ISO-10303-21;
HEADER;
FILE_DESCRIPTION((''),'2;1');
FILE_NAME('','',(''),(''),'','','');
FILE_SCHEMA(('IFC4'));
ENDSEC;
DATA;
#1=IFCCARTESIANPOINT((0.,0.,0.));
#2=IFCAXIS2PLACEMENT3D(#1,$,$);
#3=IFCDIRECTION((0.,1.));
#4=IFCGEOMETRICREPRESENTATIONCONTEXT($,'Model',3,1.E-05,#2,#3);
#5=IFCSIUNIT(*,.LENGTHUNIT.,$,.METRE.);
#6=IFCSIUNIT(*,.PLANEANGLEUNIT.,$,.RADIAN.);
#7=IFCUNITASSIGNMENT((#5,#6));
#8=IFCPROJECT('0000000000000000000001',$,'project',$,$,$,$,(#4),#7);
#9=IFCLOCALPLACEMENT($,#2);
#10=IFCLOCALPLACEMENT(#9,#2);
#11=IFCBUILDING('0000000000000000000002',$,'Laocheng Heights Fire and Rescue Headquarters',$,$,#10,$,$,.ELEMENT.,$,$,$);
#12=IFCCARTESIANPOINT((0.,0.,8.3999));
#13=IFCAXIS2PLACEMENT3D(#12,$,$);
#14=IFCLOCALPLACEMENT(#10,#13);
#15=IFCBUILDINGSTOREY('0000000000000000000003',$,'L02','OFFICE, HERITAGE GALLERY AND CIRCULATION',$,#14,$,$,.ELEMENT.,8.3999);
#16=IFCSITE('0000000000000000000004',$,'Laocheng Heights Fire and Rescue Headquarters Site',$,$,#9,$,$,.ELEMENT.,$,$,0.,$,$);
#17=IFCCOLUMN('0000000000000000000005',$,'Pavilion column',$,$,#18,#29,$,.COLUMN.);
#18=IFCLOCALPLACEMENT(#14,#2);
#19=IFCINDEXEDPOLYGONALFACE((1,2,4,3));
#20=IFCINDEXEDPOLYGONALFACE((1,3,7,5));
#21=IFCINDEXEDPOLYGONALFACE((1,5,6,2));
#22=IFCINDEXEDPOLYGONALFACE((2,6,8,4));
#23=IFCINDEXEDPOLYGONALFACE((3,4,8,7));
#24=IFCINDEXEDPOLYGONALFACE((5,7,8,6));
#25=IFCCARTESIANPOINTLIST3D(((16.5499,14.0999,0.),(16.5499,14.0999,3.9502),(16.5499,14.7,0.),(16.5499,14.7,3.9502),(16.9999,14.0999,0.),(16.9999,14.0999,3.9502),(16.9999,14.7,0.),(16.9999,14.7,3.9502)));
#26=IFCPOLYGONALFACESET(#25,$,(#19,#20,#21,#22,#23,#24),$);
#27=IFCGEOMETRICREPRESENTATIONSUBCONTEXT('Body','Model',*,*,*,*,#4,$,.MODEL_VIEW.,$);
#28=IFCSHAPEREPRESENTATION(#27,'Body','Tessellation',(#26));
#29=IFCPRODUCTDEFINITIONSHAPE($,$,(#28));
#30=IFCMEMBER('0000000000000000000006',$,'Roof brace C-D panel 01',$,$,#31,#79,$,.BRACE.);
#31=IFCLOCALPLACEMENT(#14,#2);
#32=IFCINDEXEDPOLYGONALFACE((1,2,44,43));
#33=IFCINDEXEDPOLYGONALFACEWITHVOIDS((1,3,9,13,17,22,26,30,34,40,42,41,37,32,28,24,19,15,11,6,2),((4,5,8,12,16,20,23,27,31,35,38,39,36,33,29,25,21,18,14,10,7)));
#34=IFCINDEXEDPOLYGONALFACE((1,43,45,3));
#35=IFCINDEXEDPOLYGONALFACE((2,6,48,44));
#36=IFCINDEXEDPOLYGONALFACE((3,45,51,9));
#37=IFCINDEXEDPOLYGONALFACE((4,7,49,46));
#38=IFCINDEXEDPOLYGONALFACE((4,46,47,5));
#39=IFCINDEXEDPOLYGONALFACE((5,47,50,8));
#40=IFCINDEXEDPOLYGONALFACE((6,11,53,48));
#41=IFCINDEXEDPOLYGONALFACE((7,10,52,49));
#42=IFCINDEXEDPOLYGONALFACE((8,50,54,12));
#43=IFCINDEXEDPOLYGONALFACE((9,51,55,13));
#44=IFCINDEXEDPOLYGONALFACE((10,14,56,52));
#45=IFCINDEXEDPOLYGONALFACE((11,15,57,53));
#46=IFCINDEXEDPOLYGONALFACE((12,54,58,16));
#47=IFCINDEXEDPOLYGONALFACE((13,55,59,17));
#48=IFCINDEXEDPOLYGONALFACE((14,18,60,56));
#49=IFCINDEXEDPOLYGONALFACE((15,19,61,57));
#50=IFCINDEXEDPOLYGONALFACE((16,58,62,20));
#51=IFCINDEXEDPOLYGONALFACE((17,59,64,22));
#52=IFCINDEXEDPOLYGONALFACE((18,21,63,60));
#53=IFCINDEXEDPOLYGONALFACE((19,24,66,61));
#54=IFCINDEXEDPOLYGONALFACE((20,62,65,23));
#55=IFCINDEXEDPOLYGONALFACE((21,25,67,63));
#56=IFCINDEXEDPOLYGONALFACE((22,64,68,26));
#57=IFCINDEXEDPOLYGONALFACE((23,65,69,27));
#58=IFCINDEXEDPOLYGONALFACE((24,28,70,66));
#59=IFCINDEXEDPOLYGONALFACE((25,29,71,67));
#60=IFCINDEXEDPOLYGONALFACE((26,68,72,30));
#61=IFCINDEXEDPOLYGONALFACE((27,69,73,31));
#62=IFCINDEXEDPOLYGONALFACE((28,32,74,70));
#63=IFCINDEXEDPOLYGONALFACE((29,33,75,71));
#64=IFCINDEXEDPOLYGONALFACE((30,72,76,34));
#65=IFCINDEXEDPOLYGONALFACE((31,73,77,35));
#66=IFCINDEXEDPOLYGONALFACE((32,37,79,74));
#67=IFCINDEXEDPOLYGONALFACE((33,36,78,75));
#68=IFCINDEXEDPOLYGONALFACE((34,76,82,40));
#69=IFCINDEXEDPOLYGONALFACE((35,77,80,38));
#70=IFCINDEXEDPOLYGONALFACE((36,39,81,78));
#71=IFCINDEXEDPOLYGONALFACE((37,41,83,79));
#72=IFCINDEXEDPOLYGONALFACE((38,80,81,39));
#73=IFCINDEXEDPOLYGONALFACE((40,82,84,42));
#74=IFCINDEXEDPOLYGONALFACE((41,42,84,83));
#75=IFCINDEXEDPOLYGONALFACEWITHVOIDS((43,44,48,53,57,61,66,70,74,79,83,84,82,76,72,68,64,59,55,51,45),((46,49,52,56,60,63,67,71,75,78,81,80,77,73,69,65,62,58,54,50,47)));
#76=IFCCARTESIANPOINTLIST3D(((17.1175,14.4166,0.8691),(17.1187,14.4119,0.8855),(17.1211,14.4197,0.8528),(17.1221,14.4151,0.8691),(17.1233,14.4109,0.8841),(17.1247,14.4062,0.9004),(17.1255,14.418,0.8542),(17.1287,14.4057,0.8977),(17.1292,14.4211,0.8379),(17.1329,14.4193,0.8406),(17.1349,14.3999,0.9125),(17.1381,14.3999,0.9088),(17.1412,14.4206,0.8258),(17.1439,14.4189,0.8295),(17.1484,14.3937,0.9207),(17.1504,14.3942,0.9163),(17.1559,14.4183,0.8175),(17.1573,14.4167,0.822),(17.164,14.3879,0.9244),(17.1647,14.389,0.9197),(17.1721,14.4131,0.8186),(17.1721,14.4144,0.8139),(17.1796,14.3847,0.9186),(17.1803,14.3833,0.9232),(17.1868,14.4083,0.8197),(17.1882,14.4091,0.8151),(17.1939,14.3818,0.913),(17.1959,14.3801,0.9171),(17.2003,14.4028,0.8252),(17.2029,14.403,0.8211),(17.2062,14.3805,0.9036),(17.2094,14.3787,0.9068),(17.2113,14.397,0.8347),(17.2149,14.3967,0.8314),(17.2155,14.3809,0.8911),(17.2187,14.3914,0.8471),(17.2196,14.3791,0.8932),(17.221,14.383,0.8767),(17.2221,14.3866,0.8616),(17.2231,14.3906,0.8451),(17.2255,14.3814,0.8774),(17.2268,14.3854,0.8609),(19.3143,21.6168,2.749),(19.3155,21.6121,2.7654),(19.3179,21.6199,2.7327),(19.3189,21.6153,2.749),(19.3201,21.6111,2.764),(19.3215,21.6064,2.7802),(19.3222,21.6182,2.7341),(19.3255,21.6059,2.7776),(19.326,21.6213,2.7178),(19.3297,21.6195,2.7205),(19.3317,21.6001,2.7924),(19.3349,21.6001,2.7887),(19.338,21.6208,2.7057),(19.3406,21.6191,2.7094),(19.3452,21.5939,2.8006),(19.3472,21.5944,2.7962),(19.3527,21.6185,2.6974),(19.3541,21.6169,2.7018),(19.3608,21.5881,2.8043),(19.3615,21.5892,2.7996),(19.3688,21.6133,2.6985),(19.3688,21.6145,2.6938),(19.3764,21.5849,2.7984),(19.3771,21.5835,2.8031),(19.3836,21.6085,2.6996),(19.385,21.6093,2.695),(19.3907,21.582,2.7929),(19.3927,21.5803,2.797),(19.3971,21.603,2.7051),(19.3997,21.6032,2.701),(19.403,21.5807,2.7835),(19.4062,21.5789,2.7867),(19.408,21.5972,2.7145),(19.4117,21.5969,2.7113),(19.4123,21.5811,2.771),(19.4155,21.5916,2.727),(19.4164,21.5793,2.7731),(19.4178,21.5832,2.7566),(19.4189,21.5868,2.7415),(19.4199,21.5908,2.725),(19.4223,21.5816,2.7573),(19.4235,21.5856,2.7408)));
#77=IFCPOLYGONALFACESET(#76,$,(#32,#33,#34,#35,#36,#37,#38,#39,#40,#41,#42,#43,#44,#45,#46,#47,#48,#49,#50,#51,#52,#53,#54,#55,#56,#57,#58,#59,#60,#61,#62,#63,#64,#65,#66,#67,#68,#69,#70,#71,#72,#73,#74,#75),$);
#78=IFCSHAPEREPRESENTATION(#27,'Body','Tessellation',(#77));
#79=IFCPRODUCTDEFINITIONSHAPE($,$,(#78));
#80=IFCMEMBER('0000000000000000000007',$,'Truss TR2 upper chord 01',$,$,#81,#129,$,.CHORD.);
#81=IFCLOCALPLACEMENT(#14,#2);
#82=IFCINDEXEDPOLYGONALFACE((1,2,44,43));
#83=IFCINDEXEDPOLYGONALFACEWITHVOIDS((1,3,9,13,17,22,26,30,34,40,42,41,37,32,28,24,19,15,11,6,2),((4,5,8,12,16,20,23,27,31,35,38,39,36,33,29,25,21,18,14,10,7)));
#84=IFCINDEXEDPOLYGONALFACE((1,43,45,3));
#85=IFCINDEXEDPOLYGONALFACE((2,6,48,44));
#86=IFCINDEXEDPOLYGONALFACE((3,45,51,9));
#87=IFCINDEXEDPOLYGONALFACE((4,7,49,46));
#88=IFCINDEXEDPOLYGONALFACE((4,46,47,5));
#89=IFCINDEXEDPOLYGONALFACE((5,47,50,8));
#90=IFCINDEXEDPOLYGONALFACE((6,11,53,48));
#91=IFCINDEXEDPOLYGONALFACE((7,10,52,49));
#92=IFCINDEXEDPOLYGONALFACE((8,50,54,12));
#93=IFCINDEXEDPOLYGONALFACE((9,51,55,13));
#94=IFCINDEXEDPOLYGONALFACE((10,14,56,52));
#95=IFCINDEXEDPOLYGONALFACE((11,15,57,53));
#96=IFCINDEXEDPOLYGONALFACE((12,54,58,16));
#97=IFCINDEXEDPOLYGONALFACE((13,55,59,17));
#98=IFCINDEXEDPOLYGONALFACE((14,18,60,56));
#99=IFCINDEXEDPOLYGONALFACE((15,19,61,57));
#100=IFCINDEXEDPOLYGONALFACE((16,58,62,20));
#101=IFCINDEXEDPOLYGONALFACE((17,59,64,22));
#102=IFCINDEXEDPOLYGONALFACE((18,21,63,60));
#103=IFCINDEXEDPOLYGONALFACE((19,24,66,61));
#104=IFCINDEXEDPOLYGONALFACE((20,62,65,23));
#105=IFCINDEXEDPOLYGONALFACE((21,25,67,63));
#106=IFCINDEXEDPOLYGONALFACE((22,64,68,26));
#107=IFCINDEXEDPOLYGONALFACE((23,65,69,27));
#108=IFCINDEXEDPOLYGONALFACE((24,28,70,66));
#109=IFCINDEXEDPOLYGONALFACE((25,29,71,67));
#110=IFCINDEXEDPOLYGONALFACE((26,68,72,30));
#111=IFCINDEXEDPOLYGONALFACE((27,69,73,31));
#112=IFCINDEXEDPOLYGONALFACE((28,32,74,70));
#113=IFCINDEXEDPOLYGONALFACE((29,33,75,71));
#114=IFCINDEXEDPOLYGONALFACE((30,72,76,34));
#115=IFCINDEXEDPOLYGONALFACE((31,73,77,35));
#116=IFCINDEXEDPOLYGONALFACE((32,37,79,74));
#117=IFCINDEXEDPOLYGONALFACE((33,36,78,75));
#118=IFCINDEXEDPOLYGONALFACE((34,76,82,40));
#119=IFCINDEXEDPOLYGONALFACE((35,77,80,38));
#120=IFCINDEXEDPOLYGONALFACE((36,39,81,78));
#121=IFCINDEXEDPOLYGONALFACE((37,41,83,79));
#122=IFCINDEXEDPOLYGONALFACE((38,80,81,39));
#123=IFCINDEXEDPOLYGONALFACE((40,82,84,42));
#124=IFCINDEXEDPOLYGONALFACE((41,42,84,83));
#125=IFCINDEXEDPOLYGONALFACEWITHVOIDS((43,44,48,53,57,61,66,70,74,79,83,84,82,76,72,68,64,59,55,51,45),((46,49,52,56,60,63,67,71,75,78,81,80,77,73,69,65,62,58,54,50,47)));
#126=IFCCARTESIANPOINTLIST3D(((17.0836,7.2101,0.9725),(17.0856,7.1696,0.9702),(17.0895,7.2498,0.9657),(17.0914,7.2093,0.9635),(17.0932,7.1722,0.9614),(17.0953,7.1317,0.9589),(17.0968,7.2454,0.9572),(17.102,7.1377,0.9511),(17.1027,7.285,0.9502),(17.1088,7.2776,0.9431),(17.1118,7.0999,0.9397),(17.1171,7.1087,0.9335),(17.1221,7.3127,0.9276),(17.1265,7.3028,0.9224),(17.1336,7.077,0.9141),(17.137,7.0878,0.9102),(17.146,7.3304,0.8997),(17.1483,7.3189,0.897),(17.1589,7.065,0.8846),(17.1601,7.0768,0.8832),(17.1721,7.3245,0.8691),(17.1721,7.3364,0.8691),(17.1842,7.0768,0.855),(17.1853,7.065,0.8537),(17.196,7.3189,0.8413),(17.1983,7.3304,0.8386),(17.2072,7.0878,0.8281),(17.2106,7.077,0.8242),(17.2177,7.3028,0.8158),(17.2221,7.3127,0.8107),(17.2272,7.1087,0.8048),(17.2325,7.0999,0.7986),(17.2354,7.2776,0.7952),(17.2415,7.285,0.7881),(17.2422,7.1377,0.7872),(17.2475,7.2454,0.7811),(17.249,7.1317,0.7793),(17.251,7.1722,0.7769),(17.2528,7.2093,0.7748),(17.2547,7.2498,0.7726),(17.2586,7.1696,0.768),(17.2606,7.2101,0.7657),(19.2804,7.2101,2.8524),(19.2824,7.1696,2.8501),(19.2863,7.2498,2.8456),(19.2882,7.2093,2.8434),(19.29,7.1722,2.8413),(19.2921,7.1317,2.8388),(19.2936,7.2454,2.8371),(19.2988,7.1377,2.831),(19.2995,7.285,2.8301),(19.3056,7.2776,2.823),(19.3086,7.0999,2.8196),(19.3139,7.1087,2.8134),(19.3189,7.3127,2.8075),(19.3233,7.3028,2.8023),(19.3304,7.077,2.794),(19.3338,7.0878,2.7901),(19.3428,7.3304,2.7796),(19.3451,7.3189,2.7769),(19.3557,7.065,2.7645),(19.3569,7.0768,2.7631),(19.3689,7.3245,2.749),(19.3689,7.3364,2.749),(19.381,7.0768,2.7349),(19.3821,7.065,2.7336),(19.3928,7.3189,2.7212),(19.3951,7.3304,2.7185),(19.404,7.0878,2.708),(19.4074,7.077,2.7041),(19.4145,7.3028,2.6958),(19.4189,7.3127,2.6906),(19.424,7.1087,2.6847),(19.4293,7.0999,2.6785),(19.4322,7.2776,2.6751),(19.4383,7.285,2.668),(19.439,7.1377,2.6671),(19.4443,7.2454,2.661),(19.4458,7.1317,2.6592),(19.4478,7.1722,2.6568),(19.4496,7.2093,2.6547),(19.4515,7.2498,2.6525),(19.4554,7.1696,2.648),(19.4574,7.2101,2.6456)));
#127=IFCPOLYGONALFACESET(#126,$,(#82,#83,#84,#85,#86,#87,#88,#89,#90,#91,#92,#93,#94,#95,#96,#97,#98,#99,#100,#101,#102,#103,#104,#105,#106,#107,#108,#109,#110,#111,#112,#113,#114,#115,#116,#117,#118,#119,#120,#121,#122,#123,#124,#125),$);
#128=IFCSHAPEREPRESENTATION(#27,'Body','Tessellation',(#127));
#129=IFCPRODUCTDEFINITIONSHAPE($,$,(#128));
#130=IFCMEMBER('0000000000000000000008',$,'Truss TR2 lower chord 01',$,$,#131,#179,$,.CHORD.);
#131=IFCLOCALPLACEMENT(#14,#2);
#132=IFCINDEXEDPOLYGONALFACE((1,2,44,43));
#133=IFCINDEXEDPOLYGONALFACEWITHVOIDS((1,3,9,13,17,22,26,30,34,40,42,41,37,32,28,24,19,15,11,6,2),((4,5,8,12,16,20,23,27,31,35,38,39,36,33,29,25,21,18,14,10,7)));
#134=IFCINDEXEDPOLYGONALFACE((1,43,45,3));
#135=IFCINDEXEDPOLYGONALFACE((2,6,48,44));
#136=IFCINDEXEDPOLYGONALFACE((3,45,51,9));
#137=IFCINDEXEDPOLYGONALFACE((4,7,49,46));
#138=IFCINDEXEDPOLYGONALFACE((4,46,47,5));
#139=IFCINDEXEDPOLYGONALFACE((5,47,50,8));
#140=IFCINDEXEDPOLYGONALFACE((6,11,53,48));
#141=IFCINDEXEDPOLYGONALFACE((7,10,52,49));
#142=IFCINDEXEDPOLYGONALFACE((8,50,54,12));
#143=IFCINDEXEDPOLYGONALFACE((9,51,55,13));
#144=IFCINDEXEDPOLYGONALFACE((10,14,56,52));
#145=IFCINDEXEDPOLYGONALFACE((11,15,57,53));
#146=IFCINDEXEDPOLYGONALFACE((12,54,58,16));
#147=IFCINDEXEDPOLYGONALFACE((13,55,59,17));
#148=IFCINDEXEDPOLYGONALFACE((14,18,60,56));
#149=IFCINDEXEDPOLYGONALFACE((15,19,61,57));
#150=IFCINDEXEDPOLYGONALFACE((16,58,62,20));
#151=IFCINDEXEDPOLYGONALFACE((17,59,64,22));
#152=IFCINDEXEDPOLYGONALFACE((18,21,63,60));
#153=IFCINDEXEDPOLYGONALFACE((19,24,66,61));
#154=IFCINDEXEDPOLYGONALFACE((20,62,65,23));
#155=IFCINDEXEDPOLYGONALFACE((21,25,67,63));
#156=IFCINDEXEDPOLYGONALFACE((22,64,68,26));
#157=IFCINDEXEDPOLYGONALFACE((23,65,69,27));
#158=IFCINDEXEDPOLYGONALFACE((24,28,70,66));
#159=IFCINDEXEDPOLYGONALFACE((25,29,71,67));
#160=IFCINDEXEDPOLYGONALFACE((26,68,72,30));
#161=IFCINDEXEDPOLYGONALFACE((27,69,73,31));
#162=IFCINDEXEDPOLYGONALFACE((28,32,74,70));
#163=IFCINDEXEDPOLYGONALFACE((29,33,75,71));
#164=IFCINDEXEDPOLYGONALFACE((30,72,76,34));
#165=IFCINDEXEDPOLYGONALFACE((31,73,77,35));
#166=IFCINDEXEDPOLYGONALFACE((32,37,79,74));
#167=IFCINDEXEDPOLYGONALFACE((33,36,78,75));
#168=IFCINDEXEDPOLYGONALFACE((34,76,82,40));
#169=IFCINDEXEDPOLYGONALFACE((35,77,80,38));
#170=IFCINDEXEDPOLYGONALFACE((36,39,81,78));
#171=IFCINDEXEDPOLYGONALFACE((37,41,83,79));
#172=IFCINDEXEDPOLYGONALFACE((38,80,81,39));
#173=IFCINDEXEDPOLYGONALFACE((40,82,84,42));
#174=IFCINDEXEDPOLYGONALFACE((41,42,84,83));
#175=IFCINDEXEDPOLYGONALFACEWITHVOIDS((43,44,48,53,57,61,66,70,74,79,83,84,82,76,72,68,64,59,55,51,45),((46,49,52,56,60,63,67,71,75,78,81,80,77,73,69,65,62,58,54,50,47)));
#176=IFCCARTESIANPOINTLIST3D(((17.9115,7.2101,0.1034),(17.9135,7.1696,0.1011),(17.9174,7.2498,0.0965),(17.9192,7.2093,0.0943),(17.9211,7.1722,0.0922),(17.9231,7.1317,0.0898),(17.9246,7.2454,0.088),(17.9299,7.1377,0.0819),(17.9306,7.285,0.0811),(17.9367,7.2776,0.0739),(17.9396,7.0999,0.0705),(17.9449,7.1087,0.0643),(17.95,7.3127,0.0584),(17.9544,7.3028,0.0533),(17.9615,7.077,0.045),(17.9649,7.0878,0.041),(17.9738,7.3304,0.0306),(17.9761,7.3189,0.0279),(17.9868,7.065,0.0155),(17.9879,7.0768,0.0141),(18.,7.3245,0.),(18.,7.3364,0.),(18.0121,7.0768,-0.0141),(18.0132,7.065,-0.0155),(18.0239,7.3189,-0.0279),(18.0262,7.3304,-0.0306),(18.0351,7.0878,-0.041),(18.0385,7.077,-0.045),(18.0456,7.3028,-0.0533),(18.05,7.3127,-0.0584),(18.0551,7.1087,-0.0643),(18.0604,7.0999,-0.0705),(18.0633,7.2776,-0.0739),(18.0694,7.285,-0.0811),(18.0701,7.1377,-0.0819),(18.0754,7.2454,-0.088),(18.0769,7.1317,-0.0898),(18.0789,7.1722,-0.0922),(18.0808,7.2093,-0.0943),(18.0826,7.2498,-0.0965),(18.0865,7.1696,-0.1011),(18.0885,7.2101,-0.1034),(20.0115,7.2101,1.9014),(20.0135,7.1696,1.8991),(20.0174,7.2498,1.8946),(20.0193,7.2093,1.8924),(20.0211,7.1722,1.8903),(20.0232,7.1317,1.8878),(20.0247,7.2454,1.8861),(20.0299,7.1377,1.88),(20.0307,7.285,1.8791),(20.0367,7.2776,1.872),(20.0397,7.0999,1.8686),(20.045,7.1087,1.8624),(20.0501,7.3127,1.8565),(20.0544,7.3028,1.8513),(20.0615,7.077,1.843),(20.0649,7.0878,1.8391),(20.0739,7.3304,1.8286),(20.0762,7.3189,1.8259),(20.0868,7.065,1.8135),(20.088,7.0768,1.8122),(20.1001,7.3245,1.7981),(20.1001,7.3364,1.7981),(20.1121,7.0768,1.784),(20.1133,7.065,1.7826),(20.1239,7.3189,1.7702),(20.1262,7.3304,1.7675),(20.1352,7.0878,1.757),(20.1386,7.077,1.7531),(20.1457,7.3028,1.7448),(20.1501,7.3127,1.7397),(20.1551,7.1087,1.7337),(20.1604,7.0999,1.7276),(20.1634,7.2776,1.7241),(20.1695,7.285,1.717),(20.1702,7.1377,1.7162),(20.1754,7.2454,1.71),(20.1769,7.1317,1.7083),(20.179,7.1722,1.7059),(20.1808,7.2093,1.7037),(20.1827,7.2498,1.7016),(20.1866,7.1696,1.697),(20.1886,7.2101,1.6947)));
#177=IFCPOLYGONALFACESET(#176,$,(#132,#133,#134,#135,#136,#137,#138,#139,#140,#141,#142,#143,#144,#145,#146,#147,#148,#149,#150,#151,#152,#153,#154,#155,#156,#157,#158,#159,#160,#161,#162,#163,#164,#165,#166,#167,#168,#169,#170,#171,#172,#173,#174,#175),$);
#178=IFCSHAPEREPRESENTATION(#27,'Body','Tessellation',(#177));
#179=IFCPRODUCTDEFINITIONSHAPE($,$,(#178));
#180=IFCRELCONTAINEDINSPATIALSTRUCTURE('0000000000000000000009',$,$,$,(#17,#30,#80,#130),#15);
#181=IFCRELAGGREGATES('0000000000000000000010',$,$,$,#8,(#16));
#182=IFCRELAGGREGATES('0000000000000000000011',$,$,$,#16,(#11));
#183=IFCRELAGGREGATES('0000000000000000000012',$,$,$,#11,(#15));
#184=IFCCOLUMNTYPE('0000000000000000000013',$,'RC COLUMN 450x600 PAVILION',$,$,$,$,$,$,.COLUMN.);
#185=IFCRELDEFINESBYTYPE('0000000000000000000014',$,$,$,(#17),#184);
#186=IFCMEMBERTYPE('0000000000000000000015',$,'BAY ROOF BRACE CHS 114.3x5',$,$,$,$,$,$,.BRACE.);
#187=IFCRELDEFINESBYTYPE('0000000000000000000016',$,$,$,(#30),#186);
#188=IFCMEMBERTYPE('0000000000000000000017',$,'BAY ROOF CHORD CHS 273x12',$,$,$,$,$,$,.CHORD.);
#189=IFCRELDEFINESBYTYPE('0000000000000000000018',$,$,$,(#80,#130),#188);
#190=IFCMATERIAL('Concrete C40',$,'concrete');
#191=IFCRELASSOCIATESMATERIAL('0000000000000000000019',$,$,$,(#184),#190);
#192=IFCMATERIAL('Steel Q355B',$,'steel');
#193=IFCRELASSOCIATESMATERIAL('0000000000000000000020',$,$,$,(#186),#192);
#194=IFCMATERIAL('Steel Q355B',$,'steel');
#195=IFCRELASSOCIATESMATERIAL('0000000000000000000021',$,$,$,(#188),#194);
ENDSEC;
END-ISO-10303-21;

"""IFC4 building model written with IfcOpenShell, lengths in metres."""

from ifc_helpers import new_model, si_unit, direction, frame, origin, origin_2d, place, context, subcontext, project, spatial, rectangle, hollow_circle, extrude, material, material_profile, profile_set, type_object, element, save


model = new_model("IFC4")

# Units and contexts
model_context = context("Model", 3, precision=1e-05, world=origin(), true_north=direction((0.0, 1.0)))
body_context = subcontext(model_context, "Body", "Model", "MODEL_VIEW")
ifc_project = project(units=[si_unit("LENGTHUNIT", "METRE"), si_unit("PLANEANGLEUNIT", "RADIAN")], contexts=[model_context])

# Site, building, storey
site_placement = place(None, origin())
site = spatial("IfcSite", under=ifc_project, at=site_placement, Name="Laocheng Heights Fire and Rescue Headquarters Site", CompositionType="ELEMENT", RefElevation=0.0)
building_placement = place(site_placement, origin())
building = spatial("IfcBuilding", under=site, at=building_placement, Name="Laocheng Heights Fire and Rescue Headquarters", CompositionType="ELEMENT")
storey_placement = place(building_placement, frame((0.0, 0.0, 8.3999)))
storey = spatial("IfcBuildingStorey", under=building, at=storey_placement, Name="L02", Description="OFFICE, HERITAGE GALLERY AND CIRCULATION", CompositionType="ELEMENT", Elevation=8.3999)

# Column
ifc_material_1 = material(Name="Concrete C40", Category="concrete")
ifc_material_profile_1 = material_profile(ifc_material_1, rectangle(XDim=0.45, YDim=0.6001, at=origin_2d()), Name="RC COLUMN 450x600 PAVILION")
ifc_profile_set_1 = profile_set([ifc_material_profile_1], Name="Concrete C40")
column_type = type_object("IfcColumnType", Name="RC COLUMN 450x600 PAVILION", PredefinedType="COLUMN", material=ifc_profile_set_1)
column_placement = place(storey_placement, frame((16.7749, 14.3999, 0.0), z_axis=(0.0, 0.0, 1.0), x_axis=(1.0, 0.0, 0.0)))
element("IfcColumn", 1, at=column_placement, inside=storey, type_object=column_type, Name="Pavilion column", PredefinedType="COLUMN", context=body_context, shape_type="SweptSolid", body=[
    extrude(rectangle(XDim=0.45, YDim=0.6001, at=origin_2d()), origin(), (0.0, 0.0, 1.0), 3.9502),
])

# Members
ifc_material_2 = material(Name="Steel Q355B", Category="steel")
ifc_material_profile_2 = material_profile(ifc_material_2, hollow_circle(Radius=0.0571, WallThickness=0.0049, at=origin_2d()), Name="CHS 114.3x5")
ifc_profile_set_2 = profile_set([ifc_material_profile_2], Name="Steel Q355B")
member_type_1 = type_object("IfcMemberType", Name="BAY ROOF BRACE CHS 114.3x5", PredefinedType="BRACE", material=ifc_profile_set_2)
member_1_placement = place(storey_placement, frame((17.1721, 14.3999, 0.8691), z_axis=(0.283125, 0.927976, 0.242283), x_axis=(-0.956473, 0.29182, 0.0)))
element("IfcMember", 2, at=member_1_placement, inside=storey, type_object=member_type_1, Name="Roof brace C-D panel 01", PredefinedType="BRACE", context=body_context, shape_type="SweptSolid", body=[
    extrude(hollow_circle(Radius=0.0571, WallThickness=0.0049, at=origin_2d()), origin(), (0.0, 0.0, 1.0), 7.759),
])
ifc_material_3 = material(Name="Steel Q355B", Category="steel")
ifc_material_profile_3 = material_profile(ifc_material_3, hollow_circle(Radius=0.1365, WallThickness=0.012, at=origin_2d()), Name="CHS 273x12")
ifc_profile_set_3 = profile_set([ifc_material_profile_3], Name="Steel Q355B")
member_type_2 = type_object("IfcMemberType", Name="BAY ROOF CHORD CHS 273x12", PredefinedType="CHORD", material=ifc_profile_set_3)
member_2_placement = place(storey_placement, frame((17.1721, 7.2, 0.8691), z_axis=(0.759781, 0.0, 0.650179), x_axis=(0.0, 1.0, 0.0)))
element("IfcMember", 3, at=member_2_placement, inside=storey, type_object=member_type_2, Name="Truss TR2 upper chord 01", PredefinedType="CHORD", context=body_context, shape_type="SweptSolid", body=[
    extrude(hollow_circle(Radius=0.1365, WallThickness=0.012, at=origin_2d()), origin(), (0.0, 0.0, 1.0), 2.8914),
])
member_3_placement = place(storey_placement, frame((18.0, 7.2, 0.0), z_axis=(0.759612, 0.0, 0.650377), x_axis=(0.0, 1.0, 0.0)))
element("IfcMember", 4, at=member_3_placement, inside=storey, type_object=member_type_2, Name="Truss TR2 lower chord 01", PredefinedType="CHORD", context=body_context, shape_type="SweptSolid", body=[
    extrude(hollow_circle(Radius=0.1365, WallThickness=0.012, at=origin_2d()), origin(), (0.0, 0.0, 1.0), 2.7646),
])

save(model, "model.ifc")
